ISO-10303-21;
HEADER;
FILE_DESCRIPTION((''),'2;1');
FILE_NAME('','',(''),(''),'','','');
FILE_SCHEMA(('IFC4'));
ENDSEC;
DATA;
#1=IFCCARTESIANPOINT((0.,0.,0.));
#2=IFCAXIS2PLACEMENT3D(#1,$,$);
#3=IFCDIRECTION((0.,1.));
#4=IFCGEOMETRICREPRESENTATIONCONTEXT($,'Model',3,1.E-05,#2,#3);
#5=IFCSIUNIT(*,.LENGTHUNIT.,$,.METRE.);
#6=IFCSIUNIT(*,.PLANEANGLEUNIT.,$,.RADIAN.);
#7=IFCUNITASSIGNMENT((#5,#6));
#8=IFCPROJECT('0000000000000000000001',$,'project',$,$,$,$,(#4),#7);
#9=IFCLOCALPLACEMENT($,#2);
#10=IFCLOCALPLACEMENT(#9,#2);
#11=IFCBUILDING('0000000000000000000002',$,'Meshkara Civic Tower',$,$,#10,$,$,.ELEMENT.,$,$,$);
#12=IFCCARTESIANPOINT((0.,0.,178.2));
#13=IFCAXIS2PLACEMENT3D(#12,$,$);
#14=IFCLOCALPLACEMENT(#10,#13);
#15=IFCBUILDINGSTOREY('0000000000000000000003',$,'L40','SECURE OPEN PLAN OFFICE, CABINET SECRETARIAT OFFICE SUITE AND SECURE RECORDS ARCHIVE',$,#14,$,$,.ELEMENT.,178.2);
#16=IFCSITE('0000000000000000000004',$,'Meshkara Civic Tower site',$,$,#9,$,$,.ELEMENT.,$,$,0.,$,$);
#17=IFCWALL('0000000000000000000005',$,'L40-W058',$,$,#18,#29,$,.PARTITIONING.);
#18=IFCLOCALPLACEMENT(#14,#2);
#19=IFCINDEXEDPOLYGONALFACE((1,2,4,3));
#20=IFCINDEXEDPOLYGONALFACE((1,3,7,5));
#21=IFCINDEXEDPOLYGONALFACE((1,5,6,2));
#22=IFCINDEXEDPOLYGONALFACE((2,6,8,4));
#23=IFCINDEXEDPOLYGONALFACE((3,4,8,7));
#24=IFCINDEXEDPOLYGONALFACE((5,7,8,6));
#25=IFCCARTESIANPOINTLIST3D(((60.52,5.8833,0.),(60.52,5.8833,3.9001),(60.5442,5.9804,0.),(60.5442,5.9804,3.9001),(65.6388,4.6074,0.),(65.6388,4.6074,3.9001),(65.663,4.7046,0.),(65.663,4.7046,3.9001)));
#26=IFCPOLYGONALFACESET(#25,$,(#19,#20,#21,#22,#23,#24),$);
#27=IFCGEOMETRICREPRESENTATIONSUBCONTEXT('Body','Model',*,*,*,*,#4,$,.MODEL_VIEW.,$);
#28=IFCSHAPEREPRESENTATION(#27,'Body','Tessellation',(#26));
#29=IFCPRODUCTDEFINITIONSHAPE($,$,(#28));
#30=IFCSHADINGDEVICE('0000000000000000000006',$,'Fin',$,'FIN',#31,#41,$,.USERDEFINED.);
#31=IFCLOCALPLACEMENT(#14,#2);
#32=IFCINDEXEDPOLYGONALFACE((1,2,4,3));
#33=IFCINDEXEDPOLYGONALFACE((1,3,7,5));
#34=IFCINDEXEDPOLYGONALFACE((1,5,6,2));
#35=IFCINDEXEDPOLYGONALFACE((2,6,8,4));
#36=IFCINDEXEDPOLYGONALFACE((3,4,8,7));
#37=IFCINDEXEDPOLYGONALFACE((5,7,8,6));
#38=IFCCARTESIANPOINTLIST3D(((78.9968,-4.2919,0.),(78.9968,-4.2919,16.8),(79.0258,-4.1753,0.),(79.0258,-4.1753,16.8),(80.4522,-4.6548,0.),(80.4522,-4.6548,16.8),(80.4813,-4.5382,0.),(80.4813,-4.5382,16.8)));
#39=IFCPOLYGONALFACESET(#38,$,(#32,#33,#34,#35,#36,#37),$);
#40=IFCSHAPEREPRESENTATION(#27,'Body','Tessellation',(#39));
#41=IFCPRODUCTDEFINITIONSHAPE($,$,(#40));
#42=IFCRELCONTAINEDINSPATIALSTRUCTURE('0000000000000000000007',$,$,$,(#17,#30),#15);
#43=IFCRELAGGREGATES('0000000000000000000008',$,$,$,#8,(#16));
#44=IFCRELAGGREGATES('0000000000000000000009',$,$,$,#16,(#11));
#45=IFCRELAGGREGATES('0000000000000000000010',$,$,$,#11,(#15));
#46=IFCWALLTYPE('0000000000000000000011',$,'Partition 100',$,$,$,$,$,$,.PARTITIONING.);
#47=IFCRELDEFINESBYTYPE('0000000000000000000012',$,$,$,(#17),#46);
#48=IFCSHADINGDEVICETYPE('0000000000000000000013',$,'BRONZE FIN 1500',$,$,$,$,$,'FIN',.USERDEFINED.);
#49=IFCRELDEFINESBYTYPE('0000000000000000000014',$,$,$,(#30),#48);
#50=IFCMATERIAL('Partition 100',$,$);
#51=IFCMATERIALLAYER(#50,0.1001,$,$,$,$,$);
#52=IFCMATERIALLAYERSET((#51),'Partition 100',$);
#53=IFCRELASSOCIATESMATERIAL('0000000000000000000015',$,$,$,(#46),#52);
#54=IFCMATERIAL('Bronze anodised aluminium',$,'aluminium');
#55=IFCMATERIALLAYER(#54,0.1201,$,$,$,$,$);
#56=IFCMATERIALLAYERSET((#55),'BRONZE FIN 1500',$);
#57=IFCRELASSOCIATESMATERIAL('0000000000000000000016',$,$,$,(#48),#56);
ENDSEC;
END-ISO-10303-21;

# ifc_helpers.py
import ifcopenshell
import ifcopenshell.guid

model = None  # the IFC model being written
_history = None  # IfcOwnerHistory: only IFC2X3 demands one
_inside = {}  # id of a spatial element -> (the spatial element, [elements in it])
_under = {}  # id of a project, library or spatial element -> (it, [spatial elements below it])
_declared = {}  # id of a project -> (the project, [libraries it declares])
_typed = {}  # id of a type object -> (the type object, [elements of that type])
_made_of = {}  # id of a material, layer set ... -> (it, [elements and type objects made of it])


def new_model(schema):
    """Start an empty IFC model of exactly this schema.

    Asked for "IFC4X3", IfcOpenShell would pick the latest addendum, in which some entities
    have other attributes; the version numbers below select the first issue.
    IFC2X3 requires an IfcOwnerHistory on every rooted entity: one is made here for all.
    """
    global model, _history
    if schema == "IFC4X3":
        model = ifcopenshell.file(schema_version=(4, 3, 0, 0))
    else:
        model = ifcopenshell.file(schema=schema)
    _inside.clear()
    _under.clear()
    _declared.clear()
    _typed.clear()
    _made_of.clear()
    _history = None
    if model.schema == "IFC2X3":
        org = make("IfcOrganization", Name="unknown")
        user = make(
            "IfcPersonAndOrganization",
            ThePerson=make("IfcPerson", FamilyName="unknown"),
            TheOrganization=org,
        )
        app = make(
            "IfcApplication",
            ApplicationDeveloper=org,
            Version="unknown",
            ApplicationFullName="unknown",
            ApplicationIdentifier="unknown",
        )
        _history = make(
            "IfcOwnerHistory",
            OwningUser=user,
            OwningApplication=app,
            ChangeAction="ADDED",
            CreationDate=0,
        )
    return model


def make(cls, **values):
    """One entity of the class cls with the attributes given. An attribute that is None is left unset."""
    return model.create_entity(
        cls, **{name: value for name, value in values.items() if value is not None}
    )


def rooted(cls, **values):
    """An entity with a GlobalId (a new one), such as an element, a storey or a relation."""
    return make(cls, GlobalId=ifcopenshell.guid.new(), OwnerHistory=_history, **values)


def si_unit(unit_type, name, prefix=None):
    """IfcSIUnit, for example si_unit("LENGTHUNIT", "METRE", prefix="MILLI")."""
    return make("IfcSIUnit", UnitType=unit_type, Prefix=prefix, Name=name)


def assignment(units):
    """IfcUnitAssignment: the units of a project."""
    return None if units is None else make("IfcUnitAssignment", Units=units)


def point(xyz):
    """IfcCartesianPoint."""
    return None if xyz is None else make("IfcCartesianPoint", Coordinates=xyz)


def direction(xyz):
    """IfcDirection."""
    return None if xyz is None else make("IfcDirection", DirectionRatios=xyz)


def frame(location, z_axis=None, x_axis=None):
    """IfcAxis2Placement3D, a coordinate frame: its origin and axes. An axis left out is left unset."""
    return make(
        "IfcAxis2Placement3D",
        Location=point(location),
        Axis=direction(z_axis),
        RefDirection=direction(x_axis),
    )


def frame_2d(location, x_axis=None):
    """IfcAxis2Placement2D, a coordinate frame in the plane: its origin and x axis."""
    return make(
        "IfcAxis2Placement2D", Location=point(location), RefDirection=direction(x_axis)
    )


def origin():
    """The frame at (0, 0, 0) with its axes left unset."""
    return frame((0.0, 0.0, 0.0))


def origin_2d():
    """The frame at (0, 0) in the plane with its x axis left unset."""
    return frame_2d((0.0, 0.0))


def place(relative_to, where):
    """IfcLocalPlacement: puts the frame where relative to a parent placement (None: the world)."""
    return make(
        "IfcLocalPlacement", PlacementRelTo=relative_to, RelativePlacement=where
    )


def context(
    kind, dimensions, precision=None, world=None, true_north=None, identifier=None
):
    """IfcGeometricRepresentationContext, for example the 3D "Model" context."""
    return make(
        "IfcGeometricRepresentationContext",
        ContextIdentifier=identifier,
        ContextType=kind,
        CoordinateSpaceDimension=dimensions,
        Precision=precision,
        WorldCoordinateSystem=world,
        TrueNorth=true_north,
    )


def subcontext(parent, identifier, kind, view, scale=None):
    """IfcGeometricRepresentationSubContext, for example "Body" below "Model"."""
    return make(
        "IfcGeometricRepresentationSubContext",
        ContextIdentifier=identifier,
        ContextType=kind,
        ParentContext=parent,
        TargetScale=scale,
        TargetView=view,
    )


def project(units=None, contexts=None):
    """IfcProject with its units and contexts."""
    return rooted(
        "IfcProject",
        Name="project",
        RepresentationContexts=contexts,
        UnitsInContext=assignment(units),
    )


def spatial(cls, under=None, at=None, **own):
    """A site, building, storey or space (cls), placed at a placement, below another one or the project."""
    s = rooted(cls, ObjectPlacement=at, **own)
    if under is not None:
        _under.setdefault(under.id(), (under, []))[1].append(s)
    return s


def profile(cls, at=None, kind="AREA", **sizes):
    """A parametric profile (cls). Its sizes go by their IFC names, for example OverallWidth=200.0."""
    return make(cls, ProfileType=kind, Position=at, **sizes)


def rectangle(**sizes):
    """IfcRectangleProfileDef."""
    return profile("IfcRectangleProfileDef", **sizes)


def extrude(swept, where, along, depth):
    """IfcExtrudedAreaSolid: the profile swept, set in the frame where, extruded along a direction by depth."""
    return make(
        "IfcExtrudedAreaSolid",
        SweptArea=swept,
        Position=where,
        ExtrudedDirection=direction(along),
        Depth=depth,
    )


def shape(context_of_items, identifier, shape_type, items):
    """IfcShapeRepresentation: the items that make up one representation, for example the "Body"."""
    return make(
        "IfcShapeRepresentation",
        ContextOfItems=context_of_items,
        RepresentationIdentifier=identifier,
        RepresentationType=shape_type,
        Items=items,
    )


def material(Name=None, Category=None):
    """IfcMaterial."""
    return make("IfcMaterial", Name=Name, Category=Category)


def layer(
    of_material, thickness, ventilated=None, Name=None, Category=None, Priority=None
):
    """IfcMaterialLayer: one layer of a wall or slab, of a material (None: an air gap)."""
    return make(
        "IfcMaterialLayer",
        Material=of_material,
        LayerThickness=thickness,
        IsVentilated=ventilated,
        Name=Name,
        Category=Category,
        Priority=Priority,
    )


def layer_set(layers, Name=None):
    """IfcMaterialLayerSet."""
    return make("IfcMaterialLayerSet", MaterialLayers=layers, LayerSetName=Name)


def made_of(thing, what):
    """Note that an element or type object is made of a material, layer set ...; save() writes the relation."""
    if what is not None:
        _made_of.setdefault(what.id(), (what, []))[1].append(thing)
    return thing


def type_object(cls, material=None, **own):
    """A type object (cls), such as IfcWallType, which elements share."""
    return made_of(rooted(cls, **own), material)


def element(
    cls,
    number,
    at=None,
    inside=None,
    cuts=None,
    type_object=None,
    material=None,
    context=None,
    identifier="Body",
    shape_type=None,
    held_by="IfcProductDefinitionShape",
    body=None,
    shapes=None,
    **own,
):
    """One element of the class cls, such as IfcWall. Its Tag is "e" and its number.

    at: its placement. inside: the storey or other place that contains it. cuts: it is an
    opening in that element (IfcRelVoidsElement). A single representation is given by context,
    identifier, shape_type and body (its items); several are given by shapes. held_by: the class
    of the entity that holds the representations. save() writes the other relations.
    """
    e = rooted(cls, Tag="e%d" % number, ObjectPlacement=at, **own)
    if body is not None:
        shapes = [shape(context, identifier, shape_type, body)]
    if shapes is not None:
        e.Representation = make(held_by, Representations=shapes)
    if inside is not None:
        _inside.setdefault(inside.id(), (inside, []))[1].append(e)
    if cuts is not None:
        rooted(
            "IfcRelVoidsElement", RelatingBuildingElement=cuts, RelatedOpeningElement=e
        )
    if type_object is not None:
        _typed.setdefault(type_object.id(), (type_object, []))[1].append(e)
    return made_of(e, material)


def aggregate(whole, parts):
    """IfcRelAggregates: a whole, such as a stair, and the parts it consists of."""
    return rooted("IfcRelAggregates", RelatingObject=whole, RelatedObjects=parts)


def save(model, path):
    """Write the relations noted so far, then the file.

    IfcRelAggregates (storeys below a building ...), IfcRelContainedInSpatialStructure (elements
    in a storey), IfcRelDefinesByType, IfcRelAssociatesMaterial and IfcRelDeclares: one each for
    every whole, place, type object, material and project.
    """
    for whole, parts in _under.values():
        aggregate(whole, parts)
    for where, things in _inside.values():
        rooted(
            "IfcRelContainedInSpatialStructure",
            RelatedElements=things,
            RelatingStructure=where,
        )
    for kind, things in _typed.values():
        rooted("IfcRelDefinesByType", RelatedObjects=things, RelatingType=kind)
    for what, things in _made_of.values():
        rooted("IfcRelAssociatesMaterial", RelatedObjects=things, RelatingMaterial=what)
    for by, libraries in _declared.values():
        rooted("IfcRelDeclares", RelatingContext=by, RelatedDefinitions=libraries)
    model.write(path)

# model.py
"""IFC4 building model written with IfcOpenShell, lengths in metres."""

from ifc_helpers import new_model, si_unit, direction, frame, frame_2d, origin, origin_2d, place, context, subcontext, project, spatial, rectangle, extrude, material, layer, layer_set, type_object, element, save


model = new_model("IFC4")

# Units and contexts
model_context = context("Model", 3, precision=1e-05, world=origin(), true_north=direction((0.0, 1.0)))
body_context = subcontext(model_context, "Body", "Model", "MODEL_VIEW")
ifc_project = project(units=[si_unit("LENGTHUNIT", "METRE"), si_unit("PLANEANGLEUNIT", "RADIAN")], contexts=[model_context])

# Site, building, storey
site_placement = place(None, origin())
site = spatial("IfcSite", under=ifc_project, at=site_placement, Name="Meshkara Civic Tower site", CompositionType="ELEMENT", RefElevation=0.0)
building_placement = place(site_placement, origin())
building = spatial("IfcBuilding", under=site, at=building_placement, Name="Meshkara Civic Tower", CompositionType="ELEMENT")
storey_placement = place(building_placement, frame((0.0, 0.0, 178.2)))
storey = spatial("IfcBuildingStorey", under=building, at=storey_placement, Name="L40", Description="SECURE OPEN PLAN OFFICE, CABINET SECRETARIAT OFFICE SUITE AND SECURE RECORDS ARCHIVE", CompositionType="ELEMENT", Elevation=178.2)

# Wall
ifc_material_1 = material(Name="Partition 100")
ifc_layer_1 = layer(ifc_material_1, 0.1001)
ifc_layer_set_1 = layer_set([ifc_layer_1], Name="Partition 100")
wall_type_1 = type_object("IfcWallType", Name="Partition 100", PredefinedType="PARTITIONING", material=ifc_layer_set_1)
wall_1_placement = place(storey_placement, frame((65.6509, 4.656, 0.0), z_axis=(0.0, 0.0, 1.0), x_axis=(-0.970314, 0.24185, 0.0)))
element("IfcWall", 1, at=wall_1_placement, inside=storey, type_object=wall_type_1, Name="L40-W058", PredefinedType="PARTITIONING", context=body_context, shape_type="SweptSolid", body=[
    extrude(rectangle(XDim=5.2754, YDim=0.1001, at=frame_2d((2.6377, 0.0))), origin(), (0.0, 0.0, 1.0), 3.9001),
])

# Shading device
ifc_material_2 = material(Name="Bronze anodised aluminium", Category="aluminium")
ifc_layer_2 = layer(ifc_material_2, 0.1201)
ifc_layer_set_2 = layer_set([ifc_layer_2], Name="BRONZE FIN 1500")
shading_device_type = type_object("IfcShadingDeviceType", Name="BRONZE FIN 1500", ElementType="FIN", PredefinedType="USERDEFINED", material=ifc_layer_set_2)
shading_device_placement = place(storey_placement, frame((79.739, -4.415, 0.0), z_axis=(0.0, 0.0, 1.0), x_axis=(0.241922, 0.970296, 0.0)))
element("IfcShadingDevice", 2, at=shading_device_placement, inside=storey, type_object=shading_device_type, Name="Fin", ObjectType="FIN", PredefinedType="USERDEFINED", context=body_context, shape_type="SweptSolid", body=[
    extrude(rectangle(XDim=0.1201, YDim=1.5, at=origin_2d()), origin(), (0.0, 0.0, 1.0), 16.8),
])

save(model, "model.ifc")
